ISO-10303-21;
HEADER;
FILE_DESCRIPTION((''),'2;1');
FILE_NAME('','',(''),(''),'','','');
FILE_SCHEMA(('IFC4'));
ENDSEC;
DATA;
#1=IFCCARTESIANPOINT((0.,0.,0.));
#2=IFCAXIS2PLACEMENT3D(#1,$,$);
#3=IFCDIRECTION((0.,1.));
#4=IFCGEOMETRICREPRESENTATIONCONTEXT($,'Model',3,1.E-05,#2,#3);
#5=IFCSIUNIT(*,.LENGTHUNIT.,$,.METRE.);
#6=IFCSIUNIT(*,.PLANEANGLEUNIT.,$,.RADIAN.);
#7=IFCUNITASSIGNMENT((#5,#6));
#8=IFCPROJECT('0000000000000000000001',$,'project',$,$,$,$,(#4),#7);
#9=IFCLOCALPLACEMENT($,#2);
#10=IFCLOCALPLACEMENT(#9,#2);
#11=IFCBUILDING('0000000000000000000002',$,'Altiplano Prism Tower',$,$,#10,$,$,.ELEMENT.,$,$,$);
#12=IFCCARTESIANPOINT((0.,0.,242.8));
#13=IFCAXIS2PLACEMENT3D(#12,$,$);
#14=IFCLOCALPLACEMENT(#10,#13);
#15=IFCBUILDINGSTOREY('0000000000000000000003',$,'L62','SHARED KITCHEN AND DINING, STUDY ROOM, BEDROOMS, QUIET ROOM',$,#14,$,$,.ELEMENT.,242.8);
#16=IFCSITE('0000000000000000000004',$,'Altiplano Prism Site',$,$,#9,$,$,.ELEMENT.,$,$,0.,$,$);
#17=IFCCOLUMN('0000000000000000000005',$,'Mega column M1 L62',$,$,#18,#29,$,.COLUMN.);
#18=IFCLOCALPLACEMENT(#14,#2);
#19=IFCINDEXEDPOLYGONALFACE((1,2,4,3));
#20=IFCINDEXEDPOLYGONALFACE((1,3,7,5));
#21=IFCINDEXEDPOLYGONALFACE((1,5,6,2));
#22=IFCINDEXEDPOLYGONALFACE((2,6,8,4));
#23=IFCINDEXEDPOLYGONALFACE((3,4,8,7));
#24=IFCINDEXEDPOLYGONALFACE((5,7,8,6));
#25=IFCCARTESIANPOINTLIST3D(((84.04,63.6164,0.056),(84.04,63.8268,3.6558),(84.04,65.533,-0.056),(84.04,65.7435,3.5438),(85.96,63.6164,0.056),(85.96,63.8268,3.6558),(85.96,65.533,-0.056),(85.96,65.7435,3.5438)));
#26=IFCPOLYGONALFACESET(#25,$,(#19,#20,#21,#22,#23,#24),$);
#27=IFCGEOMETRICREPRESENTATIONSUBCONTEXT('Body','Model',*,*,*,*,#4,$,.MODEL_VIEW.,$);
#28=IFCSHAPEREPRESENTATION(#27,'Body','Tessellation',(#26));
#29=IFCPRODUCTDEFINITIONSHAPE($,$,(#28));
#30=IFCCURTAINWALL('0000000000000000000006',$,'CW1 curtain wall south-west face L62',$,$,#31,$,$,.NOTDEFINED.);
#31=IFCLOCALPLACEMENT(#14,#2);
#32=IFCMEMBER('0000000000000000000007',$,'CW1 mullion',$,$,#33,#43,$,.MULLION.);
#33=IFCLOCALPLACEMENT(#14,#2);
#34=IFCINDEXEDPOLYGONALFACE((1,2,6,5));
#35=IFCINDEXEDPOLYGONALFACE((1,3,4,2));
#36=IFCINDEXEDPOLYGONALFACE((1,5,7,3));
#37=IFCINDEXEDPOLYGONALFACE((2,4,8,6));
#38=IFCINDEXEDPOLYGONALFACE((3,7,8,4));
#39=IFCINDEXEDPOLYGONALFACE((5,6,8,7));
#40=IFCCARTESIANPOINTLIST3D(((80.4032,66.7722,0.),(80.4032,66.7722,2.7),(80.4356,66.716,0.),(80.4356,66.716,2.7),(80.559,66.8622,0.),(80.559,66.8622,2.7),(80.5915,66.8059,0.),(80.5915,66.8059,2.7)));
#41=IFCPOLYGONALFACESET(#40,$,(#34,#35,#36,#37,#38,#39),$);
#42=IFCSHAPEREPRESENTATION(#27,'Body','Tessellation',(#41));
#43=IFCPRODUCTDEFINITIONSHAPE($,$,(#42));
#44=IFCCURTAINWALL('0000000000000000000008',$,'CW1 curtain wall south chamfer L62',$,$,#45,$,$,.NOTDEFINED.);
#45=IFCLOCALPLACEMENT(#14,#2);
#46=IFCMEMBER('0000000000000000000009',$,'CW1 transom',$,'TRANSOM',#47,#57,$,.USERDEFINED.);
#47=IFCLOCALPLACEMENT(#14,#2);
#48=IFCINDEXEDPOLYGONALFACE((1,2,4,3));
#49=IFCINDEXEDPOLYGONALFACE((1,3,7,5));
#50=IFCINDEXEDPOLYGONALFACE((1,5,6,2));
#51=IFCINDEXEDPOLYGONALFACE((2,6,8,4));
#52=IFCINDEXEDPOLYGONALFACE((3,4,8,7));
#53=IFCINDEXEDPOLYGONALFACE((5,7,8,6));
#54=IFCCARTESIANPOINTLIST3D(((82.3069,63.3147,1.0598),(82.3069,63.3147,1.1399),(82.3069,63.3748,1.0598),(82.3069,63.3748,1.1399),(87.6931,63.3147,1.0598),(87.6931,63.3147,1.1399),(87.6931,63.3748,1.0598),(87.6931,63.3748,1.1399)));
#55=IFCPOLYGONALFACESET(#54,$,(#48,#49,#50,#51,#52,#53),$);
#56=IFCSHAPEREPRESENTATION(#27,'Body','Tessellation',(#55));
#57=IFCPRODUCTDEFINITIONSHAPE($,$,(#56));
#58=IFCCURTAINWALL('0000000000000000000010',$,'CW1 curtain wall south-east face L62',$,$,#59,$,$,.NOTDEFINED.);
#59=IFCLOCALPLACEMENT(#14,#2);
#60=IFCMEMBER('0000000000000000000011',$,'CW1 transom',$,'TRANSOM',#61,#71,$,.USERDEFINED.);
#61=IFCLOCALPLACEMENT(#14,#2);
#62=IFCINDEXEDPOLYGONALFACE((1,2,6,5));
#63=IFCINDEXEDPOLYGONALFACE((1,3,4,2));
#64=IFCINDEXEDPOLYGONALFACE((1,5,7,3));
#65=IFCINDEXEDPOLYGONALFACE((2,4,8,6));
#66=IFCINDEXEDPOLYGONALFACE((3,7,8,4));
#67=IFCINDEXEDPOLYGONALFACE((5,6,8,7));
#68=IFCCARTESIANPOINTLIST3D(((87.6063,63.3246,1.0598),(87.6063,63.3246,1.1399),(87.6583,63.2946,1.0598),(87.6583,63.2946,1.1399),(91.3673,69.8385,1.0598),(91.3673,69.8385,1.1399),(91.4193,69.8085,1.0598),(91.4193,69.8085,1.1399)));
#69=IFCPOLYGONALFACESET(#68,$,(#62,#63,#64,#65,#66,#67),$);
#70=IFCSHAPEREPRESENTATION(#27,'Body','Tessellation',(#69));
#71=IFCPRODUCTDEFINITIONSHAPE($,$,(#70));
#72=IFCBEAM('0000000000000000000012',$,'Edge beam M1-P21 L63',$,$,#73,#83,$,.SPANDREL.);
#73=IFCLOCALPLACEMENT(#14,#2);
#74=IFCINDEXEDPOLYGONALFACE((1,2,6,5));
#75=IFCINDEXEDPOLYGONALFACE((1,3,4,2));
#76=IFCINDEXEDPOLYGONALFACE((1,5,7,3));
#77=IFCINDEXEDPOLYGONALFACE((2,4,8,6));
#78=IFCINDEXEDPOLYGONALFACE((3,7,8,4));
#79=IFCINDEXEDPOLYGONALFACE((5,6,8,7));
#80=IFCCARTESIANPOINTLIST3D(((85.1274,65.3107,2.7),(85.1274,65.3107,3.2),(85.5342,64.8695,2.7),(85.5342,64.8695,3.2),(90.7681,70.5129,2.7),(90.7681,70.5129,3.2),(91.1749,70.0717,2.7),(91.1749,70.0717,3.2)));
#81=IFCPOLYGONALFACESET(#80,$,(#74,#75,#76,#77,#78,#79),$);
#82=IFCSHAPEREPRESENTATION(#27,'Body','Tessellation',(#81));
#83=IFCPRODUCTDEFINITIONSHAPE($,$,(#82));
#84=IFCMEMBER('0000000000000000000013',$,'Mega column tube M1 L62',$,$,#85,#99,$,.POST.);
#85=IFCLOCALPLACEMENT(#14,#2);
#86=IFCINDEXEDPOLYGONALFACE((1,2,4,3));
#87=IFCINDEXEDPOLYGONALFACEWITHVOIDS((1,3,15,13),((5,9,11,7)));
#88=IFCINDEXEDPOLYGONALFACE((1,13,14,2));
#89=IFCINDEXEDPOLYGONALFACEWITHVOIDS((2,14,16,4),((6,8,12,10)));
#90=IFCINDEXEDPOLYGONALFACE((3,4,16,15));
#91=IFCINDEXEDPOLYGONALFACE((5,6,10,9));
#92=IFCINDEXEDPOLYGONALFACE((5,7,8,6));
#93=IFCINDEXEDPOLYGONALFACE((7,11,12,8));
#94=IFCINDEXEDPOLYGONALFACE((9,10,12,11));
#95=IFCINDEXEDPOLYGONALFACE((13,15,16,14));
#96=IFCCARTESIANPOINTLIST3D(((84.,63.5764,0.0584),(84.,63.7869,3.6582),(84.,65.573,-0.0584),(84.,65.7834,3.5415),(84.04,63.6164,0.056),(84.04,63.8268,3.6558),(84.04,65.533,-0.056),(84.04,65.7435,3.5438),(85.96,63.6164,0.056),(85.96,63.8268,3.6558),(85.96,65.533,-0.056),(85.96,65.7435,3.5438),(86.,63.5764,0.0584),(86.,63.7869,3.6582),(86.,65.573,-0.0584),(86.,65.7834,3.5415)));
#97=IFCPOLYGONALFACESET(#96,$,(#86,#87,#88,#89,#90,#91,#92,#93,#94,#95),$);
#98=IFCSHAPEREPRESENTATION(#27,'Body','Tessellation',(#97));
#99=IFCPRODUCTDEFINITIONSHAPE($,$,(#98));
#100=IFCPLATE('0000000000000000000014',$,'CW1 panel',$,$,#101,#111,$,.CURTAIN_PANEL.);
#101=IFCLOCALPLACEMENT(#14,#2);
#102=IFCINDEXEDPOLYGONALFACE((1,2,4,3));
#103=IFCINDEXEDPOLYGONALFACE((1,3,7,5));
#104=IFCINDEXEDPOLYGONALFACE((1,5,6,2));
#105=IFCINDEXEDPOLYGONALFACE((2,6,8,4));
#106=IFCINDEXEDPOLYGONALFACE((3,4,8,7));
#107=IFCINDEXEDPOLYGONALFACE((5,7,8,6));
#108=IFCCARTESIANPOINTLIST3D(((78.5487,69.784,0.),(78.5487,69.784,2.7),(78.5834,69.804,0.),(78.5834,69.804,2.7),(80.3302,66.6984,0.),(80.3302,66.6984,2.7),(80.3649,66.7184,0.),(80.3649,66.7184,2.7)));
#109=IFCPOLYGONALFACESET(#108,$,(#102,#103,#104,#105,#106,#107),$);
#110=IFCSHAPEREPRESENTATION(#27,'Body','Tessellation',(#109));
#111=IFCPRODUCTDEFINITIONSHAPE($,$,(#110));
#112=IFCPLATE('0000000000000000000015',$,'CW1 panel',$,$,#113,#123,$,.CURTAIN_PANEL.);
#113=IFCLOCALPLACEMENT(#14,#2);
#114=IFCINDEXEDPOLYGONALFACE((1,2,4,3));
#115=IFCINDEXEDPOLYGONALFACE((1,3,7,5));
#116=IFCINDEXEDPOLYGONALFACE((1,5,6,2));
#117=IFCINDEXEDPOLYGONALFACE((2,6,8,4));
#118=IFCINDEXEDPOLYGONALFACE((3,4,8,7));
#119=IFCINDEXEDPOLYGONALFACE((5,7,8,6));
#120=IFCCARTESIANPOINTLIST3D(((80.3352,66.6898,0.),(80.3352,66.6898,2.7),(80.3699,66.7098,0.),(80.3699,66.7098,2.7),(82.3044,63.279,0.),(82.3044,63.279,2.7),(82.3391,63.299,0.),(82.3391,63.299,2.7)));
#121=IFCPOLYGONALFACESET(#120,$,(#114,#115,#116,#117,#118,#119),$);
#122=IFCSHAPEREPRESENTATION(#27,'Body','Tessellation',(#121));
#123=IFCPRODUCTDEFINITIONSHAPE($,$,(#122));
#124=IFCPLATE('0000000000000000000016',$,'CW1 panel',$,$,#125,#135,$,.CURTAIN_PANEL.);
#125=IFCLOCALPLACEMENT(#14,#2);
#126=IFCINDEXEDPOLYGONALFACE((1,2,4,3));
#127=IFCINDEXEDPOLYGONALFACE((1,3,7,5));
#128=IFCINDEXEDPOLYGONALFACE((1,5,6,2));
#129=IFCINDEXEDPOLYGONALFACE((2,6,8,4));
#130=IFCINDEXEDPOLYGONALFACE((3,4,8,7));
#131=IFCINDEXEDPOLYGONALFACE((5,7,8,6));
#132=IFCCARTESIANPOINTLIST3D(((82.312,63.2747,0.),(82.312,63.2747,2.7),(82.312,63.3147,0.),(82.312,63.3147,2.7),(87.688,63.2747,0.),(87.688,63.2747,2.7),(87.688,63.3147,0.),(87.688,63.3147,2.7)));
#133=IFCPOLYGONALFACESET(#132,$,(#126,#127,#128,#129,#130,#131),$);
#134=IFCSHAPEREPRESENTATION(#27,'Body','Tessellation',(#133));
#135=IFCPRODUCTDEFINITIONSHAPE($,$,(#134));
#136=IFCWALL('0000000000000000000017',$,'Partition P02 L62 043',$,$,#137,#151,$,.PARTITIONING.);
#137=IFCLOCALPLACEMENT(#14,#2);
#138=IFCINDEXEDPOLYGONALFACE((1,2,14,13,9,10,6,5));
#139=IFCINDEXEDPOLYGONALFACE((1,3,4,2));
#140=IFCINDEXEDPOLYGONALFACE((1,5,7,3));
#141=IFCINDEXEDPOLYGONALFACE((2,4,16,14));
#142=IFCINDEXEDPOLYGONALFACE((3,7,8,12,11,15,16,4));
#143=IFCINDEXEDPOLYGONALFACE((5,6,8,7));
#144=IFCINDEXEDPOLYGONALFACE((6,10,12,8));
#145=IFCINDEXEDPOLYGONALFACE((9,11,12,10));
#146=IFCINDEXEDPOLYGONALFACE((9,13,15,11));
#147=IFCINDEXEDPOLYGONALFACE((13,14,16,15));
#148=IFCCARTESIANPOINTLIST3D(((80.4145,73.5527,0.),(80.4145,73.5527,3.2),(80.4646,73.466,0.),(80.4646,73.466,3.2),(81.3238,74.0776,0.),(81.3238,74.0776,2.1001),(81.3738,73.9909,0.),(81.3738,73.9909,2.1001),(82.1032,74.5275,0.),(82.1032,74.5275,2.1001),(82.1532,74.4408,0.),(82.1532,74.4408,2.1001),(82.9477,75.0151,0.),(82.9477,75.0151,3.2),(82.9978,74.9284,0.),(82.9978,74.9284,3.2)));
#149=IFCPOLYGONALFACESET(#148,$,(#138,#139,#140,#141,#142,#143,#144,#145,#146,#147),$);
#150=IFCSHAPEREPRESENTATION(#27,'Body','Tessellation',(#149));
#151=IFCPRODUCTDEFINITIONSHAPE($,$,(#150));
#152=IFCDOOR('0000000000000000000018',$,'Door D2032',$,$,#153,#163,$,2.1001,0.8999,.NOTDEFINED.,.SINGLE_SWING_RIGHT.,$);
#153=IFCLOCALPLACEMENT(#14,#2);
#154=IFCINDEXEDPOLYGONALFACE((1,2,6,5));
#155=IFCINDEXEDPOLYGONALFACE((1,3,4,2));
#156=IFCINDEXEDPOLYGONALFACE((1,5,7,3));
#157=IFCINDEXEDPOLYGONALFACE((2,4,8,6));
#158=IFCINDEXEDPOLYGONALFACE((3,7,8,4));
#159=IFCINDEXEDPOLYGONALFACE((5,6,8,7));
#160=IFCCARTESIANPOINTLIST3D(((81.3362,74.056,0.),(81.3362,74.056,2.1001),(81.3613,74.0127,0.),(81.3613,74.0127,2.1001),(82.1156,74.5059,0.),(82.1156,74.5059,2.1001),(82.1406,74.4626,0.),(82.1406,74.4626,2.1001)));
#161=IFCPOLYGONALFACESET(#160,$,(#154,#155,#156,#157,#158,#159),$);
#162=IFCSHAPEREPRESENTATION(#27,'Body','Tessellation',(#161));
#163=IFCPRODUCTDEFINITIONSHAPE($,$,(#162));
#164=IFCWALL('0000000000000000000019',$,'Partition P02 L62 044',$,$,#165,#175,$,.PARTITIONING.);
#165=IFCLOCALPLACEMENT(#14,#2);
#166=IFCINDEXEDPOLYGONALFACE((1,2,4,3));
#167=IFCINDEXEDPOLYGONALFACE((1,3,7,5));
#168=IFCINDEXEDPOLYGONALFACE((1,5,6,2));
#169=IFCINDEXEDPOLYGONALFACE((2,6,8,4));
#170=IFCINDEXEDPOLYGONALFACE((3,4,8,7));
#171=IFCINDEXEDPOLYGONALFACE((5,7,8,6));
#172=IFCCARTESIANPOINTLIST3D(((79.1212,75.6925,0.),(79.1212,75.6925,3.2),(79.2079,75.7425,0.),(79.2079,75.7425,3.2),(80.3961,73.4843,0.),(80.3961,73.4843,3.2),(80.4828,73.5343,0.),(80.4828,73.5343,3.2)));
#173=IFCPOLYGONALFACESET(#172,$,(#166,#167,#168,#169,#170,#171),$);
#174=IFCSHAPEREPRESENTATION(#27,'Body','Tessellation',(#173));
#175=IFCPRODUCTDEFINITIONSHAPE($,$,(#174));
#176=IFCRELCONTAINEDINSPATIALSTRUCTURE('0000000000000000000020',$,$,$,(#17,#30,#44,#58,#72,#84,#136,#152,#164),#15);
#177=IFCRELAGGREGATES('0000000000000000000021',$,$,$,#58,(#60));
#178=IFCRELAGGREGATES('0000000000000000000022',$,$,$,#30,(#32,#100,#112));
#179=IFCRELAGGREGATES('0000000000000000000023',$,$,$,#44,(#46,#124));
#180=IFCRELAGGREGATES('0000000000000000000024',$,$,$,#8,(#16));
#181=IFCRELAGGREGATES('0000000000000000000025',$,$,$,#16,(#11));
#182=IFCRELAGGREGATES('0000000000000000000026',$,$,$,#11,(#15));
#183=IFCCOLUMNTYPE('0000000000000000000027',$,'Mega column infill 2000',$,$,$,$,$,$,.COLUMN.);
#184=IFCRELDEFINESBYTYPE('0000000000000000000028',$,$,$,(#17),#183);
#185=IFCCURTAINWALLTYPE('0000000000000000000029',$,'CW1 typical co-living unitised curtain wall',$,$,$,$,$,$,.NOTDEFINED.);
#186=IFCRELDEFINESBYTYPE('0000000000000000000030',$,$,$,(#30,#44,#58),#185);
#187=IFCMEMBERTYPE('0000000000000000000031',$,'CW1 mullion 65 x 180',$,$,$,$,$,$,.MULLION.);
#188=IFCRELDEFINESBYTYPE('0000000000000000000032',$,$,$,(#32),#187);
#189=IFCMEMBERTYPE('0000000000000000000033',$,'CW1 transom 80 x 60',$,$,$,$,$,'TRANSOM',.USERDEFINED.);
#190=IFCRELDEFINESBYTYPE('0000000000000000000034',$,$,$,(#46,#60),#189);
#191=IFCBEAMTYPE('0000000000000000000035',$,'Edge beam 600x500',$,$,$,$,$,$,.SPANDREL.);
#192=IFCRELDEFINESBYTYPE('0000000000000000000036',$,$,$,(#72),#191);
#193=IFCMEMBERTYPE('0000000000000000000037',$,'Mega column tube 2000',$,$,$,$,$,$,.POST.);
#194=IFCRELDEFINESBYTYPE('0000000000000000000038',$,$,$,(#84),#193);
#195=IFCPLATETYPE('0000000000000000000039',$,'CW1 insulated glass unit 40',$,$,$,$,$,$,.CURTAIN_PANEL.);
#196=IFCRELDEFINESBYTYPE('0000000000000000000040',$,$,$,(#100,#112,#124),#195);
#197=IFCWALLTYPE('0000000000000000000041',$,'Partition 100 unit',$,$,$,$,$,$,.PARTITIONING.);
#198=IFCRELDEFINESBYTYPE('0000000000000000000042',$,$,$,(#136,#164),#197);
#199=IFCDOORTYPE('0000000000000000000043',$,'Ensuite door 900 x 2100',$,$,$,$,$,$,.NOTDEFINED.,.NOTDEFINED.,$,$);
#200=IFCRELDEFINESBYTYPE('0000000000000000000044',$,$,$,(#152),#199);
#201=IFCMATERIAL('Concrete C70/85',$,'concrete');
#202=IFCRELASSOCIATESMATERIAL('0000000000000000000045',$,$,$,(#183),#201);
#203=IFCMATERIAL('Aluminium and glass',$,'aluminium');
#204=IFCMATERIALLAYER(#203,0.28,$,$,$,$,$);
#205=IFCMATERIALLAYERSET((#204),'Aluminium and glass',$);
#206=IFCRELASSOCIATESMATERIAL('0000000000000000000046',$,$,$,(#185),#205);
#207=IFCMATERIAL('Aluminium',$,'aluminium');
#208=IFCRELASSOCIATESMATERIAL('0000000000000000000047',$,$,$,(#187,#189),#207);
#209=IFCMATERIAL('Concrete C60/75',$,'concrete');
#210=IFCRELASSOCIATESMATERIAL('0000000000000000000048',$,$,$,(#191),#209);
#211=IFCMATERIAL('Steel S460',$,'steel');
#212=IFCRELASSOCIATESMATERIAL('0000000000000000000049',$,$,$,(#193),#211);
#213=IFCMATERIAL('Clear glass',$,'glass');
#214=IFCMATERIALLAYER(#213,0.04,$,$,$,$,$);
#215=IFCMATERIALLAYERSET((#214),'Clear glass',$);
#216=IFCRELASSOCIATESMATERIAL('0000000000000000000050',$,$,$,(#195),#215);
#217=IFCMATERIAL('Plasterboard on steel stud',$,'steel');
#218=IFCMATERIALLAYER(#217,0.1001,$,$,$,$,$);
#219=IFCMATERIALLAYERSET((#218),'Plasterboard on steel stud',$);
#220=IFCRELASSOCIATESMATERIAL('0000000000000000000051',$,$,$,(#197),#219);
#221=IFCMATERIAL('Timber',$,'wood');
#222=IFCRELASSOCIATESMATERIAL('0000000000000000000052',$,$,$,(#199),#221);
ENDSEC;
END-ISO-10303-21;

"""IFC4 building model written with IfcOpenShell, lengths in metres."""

from ifc_helpers import new_model, si_unit, direction, frame, frame_2d, origin, origin_2d, place, context, subcontext, project, spatial, rectangle, hollow_rectangle, extrude, material, layer, layer_set, material_profile, profile_set, type_object, element, fill, aggregate, save


model = new_model("IFC4")

# Units and contexts
model_context = context("Model", 3, precision=1e-05, world=origin(), true_north=direction((0.0, 1.0)))
body_context = subcontext(model_context, "Body", "Model", "MODEL_VIEW")
ifc_project = project(units=[si_unit("LENGTHUNIT", "METRE"), si_unit("PLANEANGLEUNIT", "RADIAN")], contexts=[model_context])

# Site, building, storey
site_placement = place(None, origin())
site = spatial("IfcSite", under=ifc_project, at=site_placement, Name="Altiplano Prism Site", CompositionType="ELEMENT", RefElevation=0.0)
building_placement = place(site_placement, origin())
building = spatial("IfcBuilding", under=site, at=building_placement, Name="Altiplano Prism Tower", CompositionType="ELEMENT")
storey_placement = place(building_placement, frame((0.0, 0.0, 242.8)))
storey = spatial("IfcBuildingStorey", under=building, at=storey_placement, Name="L62", Description="SHARED KITCHEN AND DINING, STUDY ROOM, BEDROOMS, QUIET ROOM", CompositionType="ELEMENT", Elevation=242.8)

# Column
ifc_material_1 = material(Name="Concrete C70/85", Category="concrete")
ifc_material_profile_1 = material_profile(ifc_material_1, rectangle(XDim=1.9199, YDim=1.9199, at=origin_2d()), Name="Mega column infill 2000")
ifc_profile_set_1 = profile_set([ifc_material_profile_1], Name="Concrete C70/85")
column_type = type_object("IfcColumnType", Name="Mega column infill 2000", PredefinedType="COLUMN", material=ifc_profile_set_1)
column_placement = place(storey_placement, frame((85.0, 64.5747, 0.0), z_axis=(0.0, 0.058361, 0.998296), x_axis=(-1.0, 0.0, 0.0)))
element("IfcColumn", 1, at=column_placement, inside=storey, type_object=column_type, Name="Mega column M1 L62", PredefinedType="COLUMN", context=body_context, shape_type="SweptSolid", body=[
    extrude(rectangle(XDim=1.9199, YDim=1.9199, at=origin_2d()), origin(), (0.0, 0.0, 1.0), 3.606),
])

# Curtain walls, members
ifc_material_2 = material(Name="Aluminium and glass", Category="aluminium")
ifc_layer_1 = layer(ifc_material_2, 0.28)
ifc_layer_set_1 = layer_set([ifc_layer_1], Name="Aluminium and glass")
curtain_wall_type = type_object("IfcCurtainWallType", Name="CW1 typical co-living unitised curtain wall", PredefinedType="NOTDEFINED", material=ifc_layer_set_1)
curtain_wall_1_placement = place(storey_placement, origin())
curtain_wall_1 = element("IfcCurtainWall", 2, at=curtain_wall_1_placement, inside=storey, type_object=curtain_wall_type, Name="CW1 curtain wall south-west face L62", PredefinedType="NOTDEFINED")
ifc_material_3 = material(Name="Aluminium", Category="aluminium")
ifc_material_profile_2 = material_profile(ifc_material_3, rectangle(XDim=0.1799, YDim=0.0649, at=origin_2d()), Name="CW1 mullion 65 x 180")
ifc_profile_set_2 = profile_set([ifc_material_profile_2], Name="Aluminium")
member_type_1 = type_object("IfcMemberType", Name="CW1 mullion 65 x 180", PredefinedType="MULLION", material=ifc_profile_set_2)
member_1_placement = place(storey_placement, frame((80.4973, 66.7891, 0.0), z_axis=(0.0, 0.0, 1.0), x_axis=(0.866025, 0.5, 0.0)))
member_1 = element("IfcMember", 3, at=member_1_placement, type_object=member_type_1, Name="CW1 mullion", PredefinedType="MULLION", context=body_context, shape_type="SweptSolid", body=[
    extrude(rectangle(XDim=0.1799, YDim=0.0649, at=origin_2d()), origin(), (0.0, 0.0, 1.0), 2.7),
])
curtain_wall_2_placement = place(storey_placement, origin())
curtain_wall_2 = element("IfcCurtainWall", 4, at=curtain_wall_2_placement, inside=storey, type_object=curtain_wall_type, Name="CW1 curtain wall south chamfer L62", PredefinedType="NOTDEFINED")
ifc_material_profile_3 = material_profile(ifc_material_3, rectangle(XDim=0.0601, YDim=0.0801, at=origin_2d()), Name="CW1 transom 80 x 60")
ifc_profile_set_3 = profile_set([ifc_material_profile_3], Name="Aluminium")
member_type_2 = type_object("IfcMemberType", Name="CW1 transom 80 x 60", ElementType="TRANSOM", PredefinedType="USERDEFINED", material=ifc_profile_set_3)
member_2_placement = place(storey_placement, frame((82.3069, 63.3447, 1.0999), z_axis=(1.0, 0.0, 0.0), x_axis=(0.0, 1.0, 0.0)))
member_2 = element("IfcMember", 5, at=member_2_placement, type_object=member_type_2, Name="CW1 transom", ObjectType="TRANSOM", PredefinedType="USERDEFINED", context=body_context, shape_type="SweptSolid", body=[
    extrude(rectangle(XDim=0.0601, YDim=0.0801, at=origin_2d()), origin(), (0.0, 0.0, 1.0), 5.3862),
])
curtain_wall_3_placement = place(storey_placement, origin())
curtain_wall_3 = element("IfcCurtainWall", 6, at=curtain_wall_3_placement, inside=storey, type_object=curtain_wall_type, Name="CW1 curtain wall south-east face L62", PredefinedType="NOTDEFINED")
member_3_placement = place(storey_placement, frame((87.6323, 63.3096, 1.0999), z_axis=(0.500017, 0.866015, 0.0), x_axis=(-0.866015, 0.500017, 0.0)))
member_3 = element("IfcMember", 7, at=member_3_placement, type_object=member_type_2, Name="CW1 transom", ObjectType="TRANSOM", PredefinedType="USERDEFINED", context=body_context, shape_type="SweptSolid", body=[
    extrude(rectangle(XDim=0.0601, YDim=0.0801, at=origin_2d()), origin(), (0.0, 0.0, 1.0), 7.5217),
])
aggregate(curtain_wall_3, [member_3])

# Beam
ifc_material_4 = material(Name="Concrete C60/75", Category="concrete")
ifc_material_profile_4 = material_profile(ifc_material_4, rectangle(XDim=0.6001, YDim=0.5, at=origin_2d()), Name="Edge beam 600x500")
ifc_profile_set_4 = profile_set([ifc_material_profile_4], Name="Concrete C60/75")
beam_type = type_object("IfcBeamType", Name="Edge beam 600x500", PredefinedType="SPANDREL", material=ifc_profile_set_4)
beam_placement = place(storey_placement, frame((85.3308, 65.0901, 2.95), z_axis=(0.735101, 0.677958, 0.0), x_axis=(-0.677958, 0.735101, 0.0)))
element("IfcBeam", 8, at=beam_placement, inside=storey, type_object=beam_type, Name="Edge beam M1-P21 L63", PredefinedType="SPANDREL", context=body_context, shape_type="SweptSolid", body=[
    extrude(rectangle(XDim=0.6001, YDim=0.5, at=origin_2d()), origin(), (0.0, 0.0, 1.0), 7.6733),
])

# Member
ifc_material_5 = material(Name="Steel S460", Category="steel")
ifc_material_profile_5 = material_profile(ifc_material_5, hollow_rectangle(XDim=2.0, YDim=2.0, WallThickness=0.04, at=origin_2d()), Name="Mega column tube 2000")
ifc_profile_set_5 = profile_set([ifc_material_profile_5], Name="Steel S460")
member_type_3 = type_object("IfcMemberType", Name="Mega column tube 2000", PredefinedType="POST", material=ifc_profile_set_5)
member_4_placement = place(storey_placement, frame((85.0, 64.5747, 0.0), z_axis=(0.0, 0.058361, 0.998296), x_axis=(-1.0, 0.0, 0.0)))
element("IfcMember", 9, at=member_4_placement, inside=storey, type_object=member_type_3, Name="Mega column tube M1 L62", PredefinedType="POST", context=body_context, shape_type="SweptSolid", body=[
    extrude(hollow_rectangle(XDim=2.0, YDim=2.0, WallThickness=0.04, at=origin_2d()), origin(), (0.0, 0.0, 1.0), 3.606),
])

# Plates
ifc_material_6 = material(Name="Clear glass", Category="glass")
ifc_layer_2 = layer(ifc_material_6, 0.04)
ifc_layer_set_2 = layer_set([ifc_layer_2], Name="Clear glass")
plate_type = type_object("IfcPlateType", Name="CW1 insulated glass unit 40", PredefinedType="CURTAIN_PANEL", material=ifc_layer_set_2)
plate_1_placement = place(storey_placement, frame((79.4568, 68.2512, 0.0), z_axis=(0.0, 0.0, 1.0), x_axis=(0.5, -0.866025, 0.0)))
plate_1 = element("IfcPlate", 10, at=plate_1_placement, type_object=plate_type, Name="CW1 panel", PredefinedType="CURTAIN_PANEL", context=body_context, shape_type="SweptSolid", body=[
    extrude(rectangle(XDim=3.563, YDim=0.04, at=origin_2d()), origin(), (0.0, 0.0, 1.0), 2.7),
])
plate_2_placement = place(storey_placement, frame((81.3372, 64.9944, 0.0), z_axis=(0.0, 0.0, 1.0), x_axis=(0.5, -0.866025, 0.0)))
plate_2 = element("IfcPlate", 11, at=plate_2_placement, type_object=plate_type, Name="CW1 panel", PredefinedType="CURTAIN_PANEL", context=body_context, shape_type="SweptSolid", body=[
    extrude(rectangle(XDim=3.9385, YDim=0.04, at=origin_2d()), origin(), (0.0, 0.0, 1.0), 2.7),
])
aggregate(curtain_wall_1, [member_1, plate_1, plate_2])
plate_3_placement = place(storey_placement, frame((85.0, 63.2947, 0.0), z_axis=(0.0, 0.0, 1.0), x_axis=(1.0, 0.0, 0.0)))
plate_3 = element("IfcPlate", 12, at=plate_3_placement, type_object=plate_type, Name="CW1 panel", PredefinedType="CURTAIN_PANEL", context=body_context, shape_type="SweptSolid", body=[
    extrude(rectangle(XDim=5.376, YDim=0.04, at=origin_2d()), origin(), (0.0, 0.0, 1.0), 2.7),
])
aggregate(curtain_wall_2, [member_2, plate_3])

# Wall, opening, door
ifc_material_7 = material(Name="Plasterboard on steel stud", Category="steel")
ifc_layer_3 = layer(ifc_material_7, 0.1001)
ifc_layer_set_3 = layer_set([ifc_layer_3], Name="Plasterboard on steel stud")
wall_type_1 = type_object("IfcWallType", Name="Partition 100 unit", PredefinedType="PARTITIONING", material=ifc_layer_set_3)
wall_1_placement = place(storey_placement, frame((82.9727, 74.9717, 0.0), z_axis=(0.0, 0.0, 1.0), x_axis=(-0.866047, -0.499963, 0.0)))
wall_1 = element("IfcWall", 13, at=wall_1_placement, inside=storey, type_object=wall_type_1, Name="Partition P02 L62 043", PredefinedType="PARTITIONING", context=body_context, shape_type="SweptSolid", body=[
    extrude(rectangle(XDim=2.925, YDim=0.1001, at=frame_2d((1.4624, 0.0))), origin(), (0.0, 0.0, 1.0), 3.2),
])
opening_1_placement = place(wall_1_placement, frame((0.9751, 0.0, 0.0)))
opening_1 = element("IfcOpeningElement", 14, at=opening_1_placement, cuts=wall_1, PredefinedType="OPENING", context=body_context, shape_type="SweptSolid", body=[
    extrude(rectangle(XDim=0.8999, YDim=2.1001, at=frame_2d((0.45, 1.05))), frame((0.0, 0.0605, 0.0), z_axis=(0.0, -1.0, 0.0), x_axis=(1.0, 0.0, 0.0)), (0.0, 0.0, 1.0), 0.1211),
])
ifc_material_8 = material(Name="Timber", Category="wood")
door_type_1 = type_object("IfcDoorType", Name="Ensuite door 900 x 2100", OperationType="NOTDEFINED", PredefinedType="NOTDEFINED", material=ifc_material_8)
door_1_placement = place(opening_1_placement, origin())
door_1 = element("IfcDoor", 15, at=door_1_placement, inside=storey, type_object=door_type_1, Name="Door D2032", OperationType="SINGLE_SWING_RIGHT", OverallHeight=2.1001, OverallWidth=0.8999, PredefinedType="NOTDEFINED", context=body_context, shape_type="SweptSolid", body=[
    extrude(rectangle(XDim=0.8999, YDim=2.1001, at=frame_2d((0.45, 1.05))), frame((0.0, 0.0249, 0.0), z_axis=(0.0, -1.0, 0.0), x_axis=(1.0, 0.0, 0.0)), (0.0, 0.0, 1.0), 0.05),
])
fill(opening_1, door_1)

# Wall
wall_2_placement = place(storey_placement, frame((80.4395, 73.5093, 0.0), z_axis=(0.0, 0.0, 1.0), x_axis=(-0.49999, 0.866031, 0.0)))
element("IfcWall", 16, at=wall_2_placement, inside=storey, type_object=wall_type_1, Name="Partition P02 L62 044", PredefinedType="PARTITIONING", context=body_context, shape_type="SweptSolid", body=[
    extrude(rectangle(XDim=2.5498, YDim=0.1001, at=frame_2d((1.2749, 0.0))), origin(), (0.0, 0.0, 1.0), 3.2),
])

save(model, "model.ifc")
